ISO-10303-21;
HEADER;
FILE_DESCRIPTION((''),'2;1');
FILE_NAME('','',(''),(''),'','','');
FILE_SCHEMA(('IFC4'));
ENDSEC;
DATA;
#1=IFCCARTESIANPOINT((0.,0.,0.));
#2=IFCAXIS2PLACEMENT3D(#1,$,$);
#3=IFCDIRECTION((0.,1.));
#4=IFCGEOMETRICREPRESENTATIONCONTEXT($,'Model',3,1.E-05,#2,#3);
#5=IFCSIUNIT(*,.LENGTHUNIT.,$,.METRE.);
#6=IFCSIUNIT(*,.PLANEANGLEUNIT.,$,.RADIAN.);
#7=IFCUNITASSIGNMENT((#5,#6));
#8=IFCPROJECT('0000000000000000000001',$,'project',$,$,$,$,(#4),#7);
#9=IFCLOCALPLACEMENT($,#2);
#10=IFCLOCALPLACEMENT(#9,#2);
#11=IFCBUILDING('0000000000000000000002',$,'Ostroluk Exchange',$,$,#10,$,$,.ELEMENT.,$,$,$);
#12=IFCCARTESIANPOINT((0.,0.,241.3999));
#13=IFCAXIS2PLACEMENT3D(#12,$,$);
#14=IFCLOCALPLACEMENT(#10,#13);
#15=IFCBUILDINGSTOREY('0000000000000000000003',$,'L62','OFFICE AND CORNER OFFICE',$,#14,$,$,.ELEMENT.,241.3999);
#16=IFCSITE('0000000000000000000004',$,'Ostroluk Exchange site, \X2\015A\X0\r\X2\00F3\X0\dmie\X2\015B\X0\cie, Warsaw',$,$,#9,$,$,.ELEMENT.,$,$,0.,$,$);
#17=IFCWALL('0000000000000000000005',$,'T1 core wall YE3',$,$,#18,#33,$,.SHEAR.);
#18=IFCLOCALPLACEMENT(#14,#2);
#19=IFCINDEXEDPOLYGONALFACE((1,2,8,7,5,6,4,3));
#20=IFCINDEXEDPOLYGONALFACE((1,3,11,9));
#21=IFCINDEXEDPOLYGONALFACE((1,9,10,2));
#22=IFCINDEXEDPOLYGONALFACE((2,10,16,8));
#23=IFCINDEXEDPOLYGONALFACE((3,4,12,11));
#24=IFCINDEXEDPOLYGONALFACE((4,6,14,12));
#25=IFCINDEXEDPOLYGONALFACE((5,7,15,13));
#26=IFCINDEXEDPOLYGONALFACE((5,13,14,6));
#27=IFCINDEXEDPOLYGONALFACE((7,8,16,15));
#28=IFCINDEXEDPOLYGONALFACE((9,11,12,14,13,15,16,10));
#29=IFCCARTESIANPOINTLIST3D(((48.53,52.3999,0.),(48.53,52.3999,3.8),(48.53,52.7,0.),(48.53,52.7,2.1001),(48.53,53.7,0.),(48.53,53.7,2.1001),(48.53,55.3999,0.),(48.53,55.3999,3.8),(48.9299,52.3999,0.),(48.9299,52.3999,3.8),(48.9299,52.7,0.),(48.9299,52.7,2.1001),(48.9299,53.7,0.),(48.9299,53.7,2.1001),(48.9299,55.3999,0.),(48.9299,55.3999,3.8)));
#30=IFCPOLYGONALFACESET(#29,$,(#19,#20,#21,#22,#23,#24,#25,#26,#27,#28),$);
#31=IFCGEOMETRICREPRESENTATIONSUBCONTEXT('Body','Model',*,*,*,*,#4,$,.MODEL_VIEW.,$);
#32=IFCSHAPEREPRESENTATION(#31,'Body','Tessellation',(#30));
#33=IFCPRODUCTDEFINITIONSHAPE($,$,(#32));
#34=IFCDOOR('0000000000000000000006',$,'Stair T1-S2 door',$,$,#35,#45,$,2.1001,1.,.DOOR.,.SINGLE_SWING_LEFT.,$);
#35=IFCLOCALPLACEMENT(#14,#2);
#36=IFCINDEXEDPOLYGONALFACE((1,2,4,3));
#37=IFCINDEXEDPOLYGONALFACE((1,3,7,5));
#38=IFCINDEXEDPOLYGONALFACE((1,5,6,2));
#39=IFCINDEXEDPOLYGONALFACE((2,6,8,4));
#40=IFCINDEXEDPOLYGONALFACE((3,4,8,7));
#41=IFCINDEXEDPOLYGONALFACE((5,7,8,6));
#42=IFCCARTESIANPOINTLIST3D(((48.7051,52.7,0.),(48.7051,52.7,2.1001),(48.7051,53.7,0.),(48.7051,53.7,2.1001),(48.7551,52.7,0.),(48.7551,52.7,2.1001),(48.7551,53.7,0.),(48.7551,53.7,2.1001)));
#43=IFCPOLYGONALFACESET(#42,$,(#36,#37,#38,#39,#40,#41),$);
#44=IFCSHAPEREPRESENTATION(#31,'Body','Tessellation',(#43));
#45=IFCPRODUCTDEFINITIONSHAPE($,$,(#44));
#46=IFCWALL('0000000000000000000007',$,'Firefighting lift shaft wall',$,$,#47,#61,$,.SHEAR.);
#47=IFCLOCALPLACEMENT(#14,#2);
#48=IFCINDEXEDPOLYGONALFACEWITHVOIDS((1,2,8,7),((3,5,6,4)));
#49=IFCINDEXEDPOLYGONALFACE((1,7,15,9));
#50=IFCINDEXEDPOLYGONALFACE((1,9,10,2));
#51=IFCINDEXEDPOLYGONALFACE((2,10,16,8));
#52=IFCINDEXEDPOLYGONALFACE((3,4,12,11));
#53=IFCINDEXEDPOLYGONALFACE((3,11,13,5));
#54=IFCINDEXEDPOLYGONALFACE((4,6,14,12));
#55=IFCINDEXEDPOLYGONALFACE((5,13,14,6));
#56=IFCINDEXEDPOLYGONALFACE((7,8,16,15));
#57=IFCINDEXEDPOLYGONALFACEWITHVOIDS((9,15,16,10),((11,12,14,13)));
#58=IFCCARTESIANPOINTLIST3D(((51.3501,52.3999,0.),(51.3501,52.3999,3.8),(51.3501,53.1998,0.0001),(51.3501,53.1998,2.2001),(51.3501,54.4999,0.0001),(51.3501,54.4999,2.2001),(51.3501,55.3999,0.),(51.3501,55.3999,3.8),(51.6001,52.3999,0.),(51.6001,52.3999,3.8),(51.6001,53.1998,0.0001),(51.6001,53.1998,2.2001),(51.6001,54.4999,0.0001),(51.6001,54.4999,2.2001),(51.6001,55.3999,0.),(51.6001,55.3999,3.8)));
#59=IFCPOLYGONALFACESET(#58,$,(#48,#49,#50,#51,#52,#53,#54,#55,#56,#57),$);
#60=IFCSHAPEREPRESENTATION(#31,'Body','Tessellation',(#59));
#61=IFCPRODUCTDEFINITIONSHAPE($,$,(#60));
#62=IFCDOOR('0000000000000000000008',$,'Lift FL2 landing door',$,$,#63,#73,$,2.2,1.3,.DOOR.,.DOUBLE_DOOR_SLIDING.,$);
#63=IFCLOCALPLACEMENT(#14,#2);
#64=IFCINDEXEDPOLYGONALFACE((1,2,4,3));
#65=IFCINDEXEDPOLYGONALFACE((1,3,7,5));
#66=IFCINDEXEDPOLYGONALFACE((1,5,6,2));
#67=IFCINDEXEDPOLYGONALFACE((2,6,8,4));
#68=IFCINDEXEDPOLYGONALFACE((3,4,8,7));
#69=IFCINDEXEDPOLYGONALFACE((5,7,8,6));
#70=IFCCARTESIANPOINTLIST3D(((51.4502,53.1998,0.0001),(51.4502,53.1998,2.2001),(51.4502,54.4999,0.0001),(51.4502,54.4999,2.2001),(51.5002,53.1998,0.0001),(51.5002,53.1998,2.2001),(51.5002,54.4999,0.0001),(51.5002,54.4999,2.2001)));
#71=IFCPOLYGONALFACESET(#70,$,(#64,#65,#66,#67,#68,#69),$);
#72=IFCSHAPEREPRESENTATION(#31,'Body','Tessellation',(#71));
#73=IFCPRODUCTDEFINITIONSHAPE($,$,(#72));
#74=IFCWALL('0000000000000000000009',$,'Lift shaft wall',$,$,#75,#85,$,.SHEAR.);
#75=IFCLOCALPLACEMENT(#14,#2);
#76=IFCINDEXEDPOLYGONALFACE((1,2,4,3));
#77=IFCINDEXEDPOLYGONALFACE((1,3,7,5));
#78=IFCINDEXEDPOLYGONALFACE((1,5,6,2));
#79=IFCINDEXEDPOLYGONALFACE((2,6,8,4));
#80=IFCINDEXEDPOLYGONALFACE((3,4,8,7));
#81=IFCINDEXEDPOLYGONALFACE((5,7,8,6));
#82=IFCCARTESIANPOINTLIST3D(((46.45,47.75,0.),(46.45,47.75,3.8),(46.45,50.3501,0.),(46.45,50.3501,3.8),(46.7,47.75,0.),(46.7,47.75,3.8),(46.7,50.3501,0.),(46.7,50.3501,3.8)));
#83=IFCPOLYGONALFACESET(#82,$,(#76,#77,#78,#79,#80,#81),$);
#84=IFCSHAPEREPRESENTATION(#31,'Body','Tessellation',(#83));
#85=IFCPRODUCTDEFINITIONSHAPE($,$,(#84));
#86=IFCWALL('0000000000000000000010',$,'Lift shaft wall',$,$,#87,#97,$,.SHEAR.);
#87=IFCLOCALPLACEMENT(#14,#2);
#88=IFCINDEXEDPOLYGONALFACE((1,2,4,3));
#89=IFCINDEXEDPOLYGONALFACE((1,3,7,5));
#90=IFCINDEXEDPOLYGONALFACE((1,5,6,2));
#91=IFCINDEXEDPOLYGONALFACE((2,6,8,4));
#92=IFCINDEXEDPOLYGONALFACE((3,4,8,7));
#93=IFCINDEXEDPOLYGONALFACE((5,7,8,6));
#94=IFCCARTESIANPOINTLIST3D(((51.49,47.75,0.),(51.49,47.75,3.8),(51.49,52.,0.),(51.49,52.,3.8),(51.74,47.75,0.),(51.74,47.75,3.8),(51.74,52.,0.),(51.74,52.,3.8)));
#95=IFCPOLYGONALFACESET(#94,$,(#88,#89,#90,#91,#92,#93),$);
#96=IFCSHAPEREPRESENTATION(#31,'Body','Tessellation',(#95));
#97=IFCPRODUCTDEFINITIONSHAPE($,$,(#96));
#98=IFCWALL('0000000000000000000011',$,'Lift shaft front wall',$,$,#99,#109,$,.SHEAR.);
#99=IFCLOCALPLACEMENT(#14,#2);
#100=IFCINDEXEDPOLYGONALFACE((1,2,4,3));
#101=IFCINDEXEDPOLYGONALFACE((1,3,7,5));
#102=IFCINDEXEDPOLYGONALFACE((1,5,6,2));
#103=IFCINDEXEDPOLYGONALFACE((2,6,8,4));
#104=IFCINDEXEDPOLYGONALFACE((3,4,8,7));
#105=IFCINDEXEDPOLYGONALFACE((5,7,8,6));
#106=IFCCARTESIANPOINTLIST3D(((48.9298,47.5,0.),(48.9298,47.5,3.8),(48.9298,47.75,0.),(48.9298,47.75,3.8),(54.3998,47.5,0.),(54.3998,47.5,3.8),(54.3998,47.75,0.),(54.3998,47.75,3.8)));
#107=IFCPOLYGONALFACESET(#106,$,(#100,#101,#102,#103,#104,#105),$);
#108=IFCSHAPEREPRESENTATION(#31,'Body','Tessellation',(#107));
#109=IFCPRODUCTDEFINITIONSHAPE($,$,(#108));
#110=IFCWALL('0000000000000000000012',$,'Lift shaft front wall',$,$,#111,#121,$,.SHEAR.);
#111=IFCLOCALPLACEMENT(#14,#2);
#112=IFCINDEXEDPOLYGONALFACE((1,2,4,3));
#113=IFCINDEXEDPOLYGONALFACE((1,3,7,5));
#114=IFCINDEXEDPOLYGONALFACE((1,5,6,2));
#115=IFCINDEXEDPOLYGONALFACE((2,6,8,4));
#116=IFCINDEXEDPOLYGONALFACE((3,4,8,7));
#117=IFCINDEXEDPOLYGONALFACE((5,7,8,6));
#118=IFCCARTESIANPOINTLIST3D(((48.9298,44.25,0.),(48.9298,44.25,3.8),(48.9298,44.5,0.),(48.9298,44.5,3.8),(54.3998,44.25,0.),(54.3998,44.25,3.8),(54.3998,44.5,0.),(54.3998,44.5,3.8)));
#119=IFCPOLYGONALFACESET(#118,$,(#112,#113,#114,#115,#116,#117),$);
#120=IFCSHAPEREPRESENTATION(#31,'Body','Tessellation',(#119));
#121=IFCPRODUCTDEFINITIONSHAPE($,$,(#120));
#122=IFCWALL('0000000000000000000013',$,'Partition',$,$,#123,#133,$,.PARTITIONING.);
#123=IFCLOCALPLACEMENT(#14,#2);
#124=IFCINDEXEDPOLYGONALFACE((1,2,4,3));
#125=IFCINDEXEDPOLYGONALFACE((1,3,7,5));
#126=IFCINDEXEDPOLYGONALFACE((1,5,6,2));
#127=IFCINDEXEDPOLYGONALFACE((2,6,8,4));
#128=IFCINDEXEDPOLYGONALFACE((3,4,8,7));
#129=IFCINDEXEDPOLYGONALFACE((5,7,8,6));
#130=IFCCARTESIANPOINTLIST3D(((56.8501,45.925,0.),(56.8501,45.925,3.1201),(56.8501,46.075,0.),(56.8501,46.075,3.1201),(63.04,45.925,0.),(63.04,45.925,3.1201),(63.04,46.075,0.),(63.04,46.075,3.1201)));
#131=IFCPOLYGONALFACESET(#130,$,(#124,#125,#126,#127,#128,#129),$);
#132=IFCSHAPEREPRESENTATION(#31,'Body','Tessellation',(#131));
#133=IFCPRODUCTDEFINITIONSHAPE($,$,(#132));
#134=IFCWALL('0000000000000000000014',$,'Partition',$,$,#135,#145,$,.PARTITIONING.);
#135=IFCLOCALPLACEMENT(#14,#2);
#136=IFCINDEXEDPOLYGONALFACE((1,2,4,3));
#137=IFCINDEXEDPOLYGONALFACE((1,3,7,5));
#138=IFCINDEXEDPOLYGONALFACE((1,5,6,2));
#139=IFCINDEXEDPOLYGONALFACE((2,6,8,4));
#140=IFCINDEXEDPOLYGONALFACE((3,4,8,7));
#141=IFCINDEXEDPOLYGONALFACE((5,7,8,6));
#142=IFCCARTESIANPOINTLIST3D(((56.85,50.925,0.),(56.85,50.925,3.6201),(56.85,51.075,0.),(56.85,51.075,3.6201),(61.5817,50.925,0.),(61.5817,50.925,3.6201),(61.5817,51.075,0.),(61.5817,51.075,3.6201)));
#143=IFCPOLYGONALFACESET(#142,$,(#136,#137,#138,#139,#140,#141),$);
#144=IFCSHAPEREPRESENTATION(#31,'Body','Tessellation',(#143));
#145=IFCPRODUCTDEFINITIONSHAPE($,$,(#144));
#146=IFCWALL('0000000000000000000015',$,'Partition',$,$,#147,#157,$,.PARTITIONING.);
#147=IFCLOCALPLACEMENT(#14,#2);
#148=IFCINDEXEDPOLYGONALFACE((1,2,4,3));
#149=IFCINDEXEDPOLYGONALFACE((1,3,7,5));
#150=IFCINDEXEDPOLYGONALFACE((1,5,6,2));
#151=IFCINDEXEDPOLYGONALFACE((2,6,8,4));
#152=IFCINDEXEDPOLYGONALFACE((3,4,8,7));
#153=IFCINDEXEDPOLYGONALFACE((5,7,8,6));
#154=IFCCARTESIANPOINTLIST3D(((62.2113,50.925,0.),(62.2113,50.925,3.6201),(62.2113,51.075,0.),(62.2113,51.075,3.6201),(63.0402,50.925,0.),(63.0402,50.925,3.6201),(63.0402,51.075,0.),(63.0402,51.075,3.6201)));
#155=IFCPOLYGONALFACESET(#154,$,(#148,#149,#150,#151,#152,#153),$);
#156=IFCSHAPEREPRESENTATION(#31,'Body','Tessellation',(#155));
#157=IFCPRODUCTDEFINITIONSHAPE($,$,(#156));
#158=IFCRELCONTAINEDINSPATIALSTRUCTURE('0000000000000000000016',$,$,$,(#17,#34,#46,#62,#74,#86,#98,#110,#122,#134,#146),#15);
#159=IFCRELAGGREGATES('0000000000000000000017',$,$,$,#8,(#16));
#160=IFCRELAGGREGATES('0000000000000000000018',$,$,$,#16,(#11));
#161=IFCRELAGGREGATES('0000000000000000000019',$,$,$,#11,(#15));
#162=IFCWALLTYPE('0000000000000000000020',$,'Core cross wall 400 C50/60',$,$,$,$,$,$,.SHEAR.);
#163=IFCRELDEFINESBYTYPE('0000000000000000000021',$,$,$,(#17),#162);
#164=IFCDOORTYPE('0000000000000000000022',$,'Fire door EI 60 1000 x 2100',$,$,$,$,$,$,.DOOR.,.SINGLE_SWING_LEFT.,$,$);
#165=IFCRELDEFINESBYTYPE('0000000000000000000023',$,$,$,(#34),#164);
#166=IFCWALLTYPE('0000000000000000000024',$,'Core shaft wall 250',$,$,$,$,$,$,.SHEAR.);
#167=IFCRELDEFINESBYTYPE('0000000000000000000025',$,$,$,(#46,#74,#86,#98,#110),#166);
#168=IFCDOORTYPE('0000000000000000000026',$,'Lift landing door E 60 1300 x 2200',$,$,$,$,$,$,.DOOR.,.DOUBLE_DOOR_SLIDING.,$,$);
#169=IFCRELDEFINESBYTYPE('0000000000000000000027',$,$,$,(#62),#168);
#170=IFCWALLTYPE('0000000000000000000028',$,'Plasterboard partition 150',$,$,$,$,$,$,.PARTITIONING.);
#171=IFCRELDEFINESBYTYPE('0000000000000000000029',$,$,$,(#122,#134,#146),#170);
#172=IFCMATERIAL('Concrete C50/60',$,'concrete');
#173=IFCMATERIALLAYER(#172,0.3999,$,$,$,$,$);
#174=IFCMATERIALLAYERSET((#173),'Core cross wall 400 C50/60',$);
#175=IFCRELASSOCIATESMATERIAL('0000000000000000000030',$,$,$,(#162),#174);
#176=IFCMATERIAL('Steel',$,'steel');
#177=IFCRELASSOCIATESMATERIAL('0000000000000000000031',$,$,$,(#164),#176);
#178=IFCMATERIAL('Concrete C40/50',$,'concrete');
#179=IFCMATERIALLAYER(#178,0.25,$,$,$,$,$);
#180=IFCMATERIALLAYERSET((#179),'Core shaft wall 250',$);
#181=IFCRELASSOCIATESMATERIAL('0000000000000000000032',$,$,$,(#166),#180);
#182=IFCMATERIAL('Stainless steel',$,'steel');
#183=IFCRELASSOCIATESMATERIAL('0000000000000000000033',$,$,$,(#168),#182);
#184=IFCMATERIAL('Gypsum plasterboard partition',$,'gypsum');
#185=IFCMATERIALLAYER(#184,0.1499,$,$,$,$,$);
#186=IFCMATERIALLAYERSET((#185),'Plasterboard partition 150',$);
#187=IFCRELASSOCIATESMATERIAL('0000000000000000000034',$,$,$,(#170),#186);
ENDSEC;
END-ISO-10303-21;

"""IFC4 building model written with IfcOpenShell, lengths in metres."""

from ifc_helpers import new_model, si_unit, direction, frame, frame_2d, origin, place, context, subcontext, project, spatial, rectangle, extrude, material, layer, layer_set, type_object, element, fill, save


model = new_model("IFC4")

# Units and contexts
model_context = context("Model", 3, precision=1e-05, world=origin(), true_north=direction((0.0, 1.0)))
body_context = subcontext(model_context, "Body", "Model", "MODEL_VIEW")
ifc_project = project(units=[si_unit("LENGTHUNIT", "METRE"), si_unit("PLANEANGLEUNIT", "RADIAN")], contexts=[model_context])

# Site, building, storey
site_placement = place(None, origin())
site = spatial("IfcSite", under=ifc_project, at=site_placement, Name="Ostroluk Exchange site, Śródmieście, Warsaw", CompositionType="ELEMENT", RefElevation=0.0)
building_placement = place(site_placement, origin())
building = spatial("IfcBuilding", under=site, at=building_placement, Name="Ostroluk Exchange", CompositionType="ELEMENT")
storey_placement = place(building_placement, frame((0.0, 0.0, 241.3999)))
storey = spatial("IfcBuildingStorey", under=building, at=storey_placement, Name="L62", Description="OFFICE AND CORNER OFFICE", CompositionType="ELEMENT", Elevation=241.3999)

# Walls, openings, doors
ifc_material_1 = material(Name="Concrete C50/60", Category="concrete")
ifc_layer_1 = layer(ifc_material_1, 0.3999)
ifc_layer_set_1 = layer_set([ifc_layer_1], Name="Core cross wall 400 C50/60")
wall_type_1 = type_object("IfcWallType", Name="Core cross wall 400 C50/60", PredefinedType="SHEAR", material=ifc_layer_set_1)
wall_1_placement = place(storey_placement, frame((48.73, 52.3999, 0.0), z_axis=(0.0, 0.0, 1.0), x_axis=(0.0, 1.0, 0.0)))
wall_1 = element("IfcWall", 1, at=wall_1_placement, inside=storey, type_object=wall_type_1, Name="T1 core wall YE3", PredefinedType="SHEAR", context=body_context, shape_type="SweptSolid", body=[
    extrude(rectangle(XDim=3.0, YDim=0.3999, at=frame_2d((1.5, 0.0))), origin(), (0.0, 0.0, 1.0), 3.8),
])
opening_1_placement = place(wall_1_placement, frame((0.3, 0.0, 0.0)))
opening_1 = element("IfcOpeningElement", 2, at=opening_1_placement, cuts=wall_1, PredefinedType="OPENING", context=body_context, shape_type="SweptSolid", body=[
    extrude(rectangle(XDim=1.0, YDim=2.1001, at=frame_2d((0.5, 1.05))), frame((0.0, 0.21, 0.0), z_axis=(0.0, -1.0, 0.0), x_axis=(1.0, 0.0, 0.0)), (0.0, 0.0, 1.0), 0.4199),
])
ifc_material_2 = material(Name="Steel", Category="steel")
door_type_1 = type_object("IfcDoorType", Name="Fire door EI 60 1000 x 2100", OperationType="SINGLE_SWING_LEFT", PredefinedType="DOOR", material=ifc_material_2)
door_1_placement = place(opening_1_placement, origin())
door_1 = element("IfcDoor", 3, at=door_1_placement, inside=storey, type_object=door_type_1, Name="Stair T1-S2 door", OperationType="SINGLE_SWING_LEFT", OverallHeight=2.1001, OverallWidth=1.0, PredefinedType="DOOR", context=body_context, shape_type="SweptSolid", body=[
    extrude(rectangle(XDim=1.0, YDim=2.1001, at=frame_2d((0.5, 1.05))), frame((0.0, 0.0249, 0.0), z_axis=(0.0, -1.0, 0.0), x_axis=(1.0, 0.0, 0.0)), (0.0, 0.0, 1.0), 0.05),
])
fill(opening_1, door_1)
ifc_material_3 = material(Name="Concrete C40/50", Category="concrete")
ifc_layer_2 = layer(ifc_material_3, 0.25)
ifc_layer_set_2 = layer_set([ifc_layer_2], Name="Core shaft wall 250")
wall_type_2 = type_object("IfcWallType", Name="Core shaft wall 250", PredefinedType="SHEAR", material=ifc_layer_set_2)
wall_2_placement = place(storey_placement, frame((51.4751, 52.3999, 0.0), z_axis=(0.0, 0.0, 1.0), x_axis=(0.0, 1.0, 0.0)))
wall_2 = element("IfcWall", 4, at=wall_2_placement, inside=storey, type_object=wall_type_2, Name="Firefighting lift shaft wall", PredefinedType="SHEAR", context=body_context, shape_type="SweptSolid", body=[
    extrude(rectangle(XDim=3.0, YDim=0.25, at=frame_2d((1.5, 0.0))), origin(), (0.0, 0.0, 1.0), 3.8),
])
opening_2_placement = place(wall_2_placement, frame((0.8, 0.0, 0.0)))
opening_2 = element("IfcOpeningElement", 5, at=opening_2_placement, cuts=wall_2, PredefinedType="OPENING", context=body_context, shape_type="SweptSolid", body=[
    extrude(rectangle(XDim=1.3, YDim=2.2, at=frame_2d((0.6499, 1.1001))), frame((0.0, 0.135, 0.0), z_axis=(0.0, -1.0, 0.0), x_axis=(1.0, 0.0, 0.0)), (0.0, 0.0, 1.0), 0.27),
])
ifc_material_4 = material(Name="Stainless steel", Category="steel")
door_type_2 = type_object("IfcDoorType", Name="Lift landing door E 60 1300 x 2200", OperationType="DOUBLE_DOOR_SLIDING", PredefinedType="DOOR", material=ifc_material_4)
door_2_placement = place(opening_2_placement, origin())
door_2 = element("IfcDoor", 6, at=door_2_placement, inside=storey, type_object=door_type_2, Name="Lift FL2 landing door", OperationType="DOUBLE_DOOR_SLIDING", OverallHeight=2.2, OverallWidth=1.3, PredefinedType="DOOR", context=body_context, shape_type="SweptSolid", body=[
    extrude(rectangle(XDim=1.3, YDim=2.2, at=frame_2d((0.6499, 1.1001))), frame((0.0, 0.0249, 0.0), z_axis=(0.0, -1.0, 0.0), x_axis=(1.0, 0.0, 0.0)), (0.0, 0.0, 1.0), 0.05),
])
fill(opening_2, door_2)

# Walls
wall_3_placement = place(storey_placement, frame((46.575, 47.75, 0.0), z_axis=(0.0, 0.0, 1.0), x_axis=(0.0, 1.0, 0.0)))
element("IfcWall", 7, at=wall_3_placement, inside=storey, type_object=wall_type_2, Name="Lift shaft wall", PredefinedType="SHEAR", context=body_context, shape_type="SweptSolid", body=[
    extrude(rectangle(XDim=2.6001, YDim=0.25, at=frame_2d((1.3, 0.0))), origin(), (0.0, 0.0, 1.0), 3.8),
])
wall_4_placement = place(storey_placement, frame((51.615, 47.75, 0.0), z_axis=(0.0, 0.0, 1.0), x_axis=(0.0, 1.0, 0.0)))
element("IfcWall", 8, at=wall_4_placement, inside=storey, type_object=wall_type_2, Name="Lift shaft wall", PredefinedType="SHEAR", context=body_context, shape_type="SweptSolid", body=[
    extrude(rectangle(XDim=4.25, YDim=0.25, at=frame_2d((2.125, 0.0))), origin(), (0.0, 0.0, 1.0), 3.8),
])
for number, where, z_axis, x_axis, name in (
    (9, (48.9299, 47.625, 0.0), (0.0, 0.0, 1.0), (1.0, 0.0, 0.0), "Lift shaft front wall"),
    (10, (48.9299, 44.375, 0.0), (0.0, 0.0, 1.0), (1.0, 0.0, 0.0), "Lift shaft front wall"),
):
    element("IfcWall", number, at=place(storey_placement, frame(where, z_axis=z_axis, x_axis=x_axis)), inside=storey, type_object=wall_type_2, Name=name, PredefinedType="SHEAR", context=body_context, shape_type="SweptSolid", body=[
        extrude(rectangle(XDim=5.47, YDim=0.25, at=frame_2d((2.7349, 0.0))), origin(), (0.0, 0.0, 1.0), 3.8),
    ])
ifc_material_5 = material(Name="Gypsum plasterboard partition", Category="gypsum")
ifc_layer_3 = layer(ifc_material_5, 0.1499)
ifc_layer_set_3 = layer_set([ifc_layer_3], Name="Plasterboard partition 150")
wall_type_3 = type_object("IfcWallType", Name="Plasterboard partition 150", PredefinedType="PARTITIONING", material=ifc_layer_set_3)
wall_5_placement = place(storey_placement, frame((56.8501, 46.0, 0.0), z_axis=(0.0, 0.0, 1.0), x_axis=(1.0, 0.0, 0.0)))
element("IfcWall", 11, at=wall_5_placement, inside=storey, type_object=wall_type_3, Name="Partition", PredefinedType="PARTITIONING", context=body_context, shape_type="SweptSolid", body=[
    extrude(rectangle(XDim=6.1899, YDim=0.1499, at=frame_2d((3.095, 0.0))), origin(), (0.0, 0.0, 1.0), 3.1201),
])
wall_6_placement = place(storey_placement, frame((56.8501, 51.0, 0.0), z_axis=(0.0, 0.0, 1.0), x_axis=(1.0, 0.0, 0.0)))
element("IfcWall", 12, at=wall_6_placement, inside=storey, type_object=wall_type_3, Name="Partition", PredefinedType="PARTITIONING", context=body_context, shape_type="SweptSolid", body=[
    extrude(rectangle(XDim=4.7317, YDim=0.1499, at=frame_2d((2.3657, 0.0))), origin(), (0.0, 0.0, 1.0), 3.6201),
])
wall_7_placement = place(storey_placement, frame((62.2112, 51.0, 0.0), z_axis=(0.0, 0.0, 1.0), x_axis=(1.0, 0.0, 0.0)))
element("IfcWall", 13, at=wall_7_placement, inside=storey, type_object=wall_type_3, Name="Partition", PredefinedType="PARTITIONING", context=body_context, shape_type="SweptSolid", body=[
    extrude(rectangle(XDim=0.8289, YDim=0.1499, at=frame_2d((0.4146, 0.0))), origin(), (0.0, 0.0, 1.0), 3.6201),
])

save(model, "model.ifc")
